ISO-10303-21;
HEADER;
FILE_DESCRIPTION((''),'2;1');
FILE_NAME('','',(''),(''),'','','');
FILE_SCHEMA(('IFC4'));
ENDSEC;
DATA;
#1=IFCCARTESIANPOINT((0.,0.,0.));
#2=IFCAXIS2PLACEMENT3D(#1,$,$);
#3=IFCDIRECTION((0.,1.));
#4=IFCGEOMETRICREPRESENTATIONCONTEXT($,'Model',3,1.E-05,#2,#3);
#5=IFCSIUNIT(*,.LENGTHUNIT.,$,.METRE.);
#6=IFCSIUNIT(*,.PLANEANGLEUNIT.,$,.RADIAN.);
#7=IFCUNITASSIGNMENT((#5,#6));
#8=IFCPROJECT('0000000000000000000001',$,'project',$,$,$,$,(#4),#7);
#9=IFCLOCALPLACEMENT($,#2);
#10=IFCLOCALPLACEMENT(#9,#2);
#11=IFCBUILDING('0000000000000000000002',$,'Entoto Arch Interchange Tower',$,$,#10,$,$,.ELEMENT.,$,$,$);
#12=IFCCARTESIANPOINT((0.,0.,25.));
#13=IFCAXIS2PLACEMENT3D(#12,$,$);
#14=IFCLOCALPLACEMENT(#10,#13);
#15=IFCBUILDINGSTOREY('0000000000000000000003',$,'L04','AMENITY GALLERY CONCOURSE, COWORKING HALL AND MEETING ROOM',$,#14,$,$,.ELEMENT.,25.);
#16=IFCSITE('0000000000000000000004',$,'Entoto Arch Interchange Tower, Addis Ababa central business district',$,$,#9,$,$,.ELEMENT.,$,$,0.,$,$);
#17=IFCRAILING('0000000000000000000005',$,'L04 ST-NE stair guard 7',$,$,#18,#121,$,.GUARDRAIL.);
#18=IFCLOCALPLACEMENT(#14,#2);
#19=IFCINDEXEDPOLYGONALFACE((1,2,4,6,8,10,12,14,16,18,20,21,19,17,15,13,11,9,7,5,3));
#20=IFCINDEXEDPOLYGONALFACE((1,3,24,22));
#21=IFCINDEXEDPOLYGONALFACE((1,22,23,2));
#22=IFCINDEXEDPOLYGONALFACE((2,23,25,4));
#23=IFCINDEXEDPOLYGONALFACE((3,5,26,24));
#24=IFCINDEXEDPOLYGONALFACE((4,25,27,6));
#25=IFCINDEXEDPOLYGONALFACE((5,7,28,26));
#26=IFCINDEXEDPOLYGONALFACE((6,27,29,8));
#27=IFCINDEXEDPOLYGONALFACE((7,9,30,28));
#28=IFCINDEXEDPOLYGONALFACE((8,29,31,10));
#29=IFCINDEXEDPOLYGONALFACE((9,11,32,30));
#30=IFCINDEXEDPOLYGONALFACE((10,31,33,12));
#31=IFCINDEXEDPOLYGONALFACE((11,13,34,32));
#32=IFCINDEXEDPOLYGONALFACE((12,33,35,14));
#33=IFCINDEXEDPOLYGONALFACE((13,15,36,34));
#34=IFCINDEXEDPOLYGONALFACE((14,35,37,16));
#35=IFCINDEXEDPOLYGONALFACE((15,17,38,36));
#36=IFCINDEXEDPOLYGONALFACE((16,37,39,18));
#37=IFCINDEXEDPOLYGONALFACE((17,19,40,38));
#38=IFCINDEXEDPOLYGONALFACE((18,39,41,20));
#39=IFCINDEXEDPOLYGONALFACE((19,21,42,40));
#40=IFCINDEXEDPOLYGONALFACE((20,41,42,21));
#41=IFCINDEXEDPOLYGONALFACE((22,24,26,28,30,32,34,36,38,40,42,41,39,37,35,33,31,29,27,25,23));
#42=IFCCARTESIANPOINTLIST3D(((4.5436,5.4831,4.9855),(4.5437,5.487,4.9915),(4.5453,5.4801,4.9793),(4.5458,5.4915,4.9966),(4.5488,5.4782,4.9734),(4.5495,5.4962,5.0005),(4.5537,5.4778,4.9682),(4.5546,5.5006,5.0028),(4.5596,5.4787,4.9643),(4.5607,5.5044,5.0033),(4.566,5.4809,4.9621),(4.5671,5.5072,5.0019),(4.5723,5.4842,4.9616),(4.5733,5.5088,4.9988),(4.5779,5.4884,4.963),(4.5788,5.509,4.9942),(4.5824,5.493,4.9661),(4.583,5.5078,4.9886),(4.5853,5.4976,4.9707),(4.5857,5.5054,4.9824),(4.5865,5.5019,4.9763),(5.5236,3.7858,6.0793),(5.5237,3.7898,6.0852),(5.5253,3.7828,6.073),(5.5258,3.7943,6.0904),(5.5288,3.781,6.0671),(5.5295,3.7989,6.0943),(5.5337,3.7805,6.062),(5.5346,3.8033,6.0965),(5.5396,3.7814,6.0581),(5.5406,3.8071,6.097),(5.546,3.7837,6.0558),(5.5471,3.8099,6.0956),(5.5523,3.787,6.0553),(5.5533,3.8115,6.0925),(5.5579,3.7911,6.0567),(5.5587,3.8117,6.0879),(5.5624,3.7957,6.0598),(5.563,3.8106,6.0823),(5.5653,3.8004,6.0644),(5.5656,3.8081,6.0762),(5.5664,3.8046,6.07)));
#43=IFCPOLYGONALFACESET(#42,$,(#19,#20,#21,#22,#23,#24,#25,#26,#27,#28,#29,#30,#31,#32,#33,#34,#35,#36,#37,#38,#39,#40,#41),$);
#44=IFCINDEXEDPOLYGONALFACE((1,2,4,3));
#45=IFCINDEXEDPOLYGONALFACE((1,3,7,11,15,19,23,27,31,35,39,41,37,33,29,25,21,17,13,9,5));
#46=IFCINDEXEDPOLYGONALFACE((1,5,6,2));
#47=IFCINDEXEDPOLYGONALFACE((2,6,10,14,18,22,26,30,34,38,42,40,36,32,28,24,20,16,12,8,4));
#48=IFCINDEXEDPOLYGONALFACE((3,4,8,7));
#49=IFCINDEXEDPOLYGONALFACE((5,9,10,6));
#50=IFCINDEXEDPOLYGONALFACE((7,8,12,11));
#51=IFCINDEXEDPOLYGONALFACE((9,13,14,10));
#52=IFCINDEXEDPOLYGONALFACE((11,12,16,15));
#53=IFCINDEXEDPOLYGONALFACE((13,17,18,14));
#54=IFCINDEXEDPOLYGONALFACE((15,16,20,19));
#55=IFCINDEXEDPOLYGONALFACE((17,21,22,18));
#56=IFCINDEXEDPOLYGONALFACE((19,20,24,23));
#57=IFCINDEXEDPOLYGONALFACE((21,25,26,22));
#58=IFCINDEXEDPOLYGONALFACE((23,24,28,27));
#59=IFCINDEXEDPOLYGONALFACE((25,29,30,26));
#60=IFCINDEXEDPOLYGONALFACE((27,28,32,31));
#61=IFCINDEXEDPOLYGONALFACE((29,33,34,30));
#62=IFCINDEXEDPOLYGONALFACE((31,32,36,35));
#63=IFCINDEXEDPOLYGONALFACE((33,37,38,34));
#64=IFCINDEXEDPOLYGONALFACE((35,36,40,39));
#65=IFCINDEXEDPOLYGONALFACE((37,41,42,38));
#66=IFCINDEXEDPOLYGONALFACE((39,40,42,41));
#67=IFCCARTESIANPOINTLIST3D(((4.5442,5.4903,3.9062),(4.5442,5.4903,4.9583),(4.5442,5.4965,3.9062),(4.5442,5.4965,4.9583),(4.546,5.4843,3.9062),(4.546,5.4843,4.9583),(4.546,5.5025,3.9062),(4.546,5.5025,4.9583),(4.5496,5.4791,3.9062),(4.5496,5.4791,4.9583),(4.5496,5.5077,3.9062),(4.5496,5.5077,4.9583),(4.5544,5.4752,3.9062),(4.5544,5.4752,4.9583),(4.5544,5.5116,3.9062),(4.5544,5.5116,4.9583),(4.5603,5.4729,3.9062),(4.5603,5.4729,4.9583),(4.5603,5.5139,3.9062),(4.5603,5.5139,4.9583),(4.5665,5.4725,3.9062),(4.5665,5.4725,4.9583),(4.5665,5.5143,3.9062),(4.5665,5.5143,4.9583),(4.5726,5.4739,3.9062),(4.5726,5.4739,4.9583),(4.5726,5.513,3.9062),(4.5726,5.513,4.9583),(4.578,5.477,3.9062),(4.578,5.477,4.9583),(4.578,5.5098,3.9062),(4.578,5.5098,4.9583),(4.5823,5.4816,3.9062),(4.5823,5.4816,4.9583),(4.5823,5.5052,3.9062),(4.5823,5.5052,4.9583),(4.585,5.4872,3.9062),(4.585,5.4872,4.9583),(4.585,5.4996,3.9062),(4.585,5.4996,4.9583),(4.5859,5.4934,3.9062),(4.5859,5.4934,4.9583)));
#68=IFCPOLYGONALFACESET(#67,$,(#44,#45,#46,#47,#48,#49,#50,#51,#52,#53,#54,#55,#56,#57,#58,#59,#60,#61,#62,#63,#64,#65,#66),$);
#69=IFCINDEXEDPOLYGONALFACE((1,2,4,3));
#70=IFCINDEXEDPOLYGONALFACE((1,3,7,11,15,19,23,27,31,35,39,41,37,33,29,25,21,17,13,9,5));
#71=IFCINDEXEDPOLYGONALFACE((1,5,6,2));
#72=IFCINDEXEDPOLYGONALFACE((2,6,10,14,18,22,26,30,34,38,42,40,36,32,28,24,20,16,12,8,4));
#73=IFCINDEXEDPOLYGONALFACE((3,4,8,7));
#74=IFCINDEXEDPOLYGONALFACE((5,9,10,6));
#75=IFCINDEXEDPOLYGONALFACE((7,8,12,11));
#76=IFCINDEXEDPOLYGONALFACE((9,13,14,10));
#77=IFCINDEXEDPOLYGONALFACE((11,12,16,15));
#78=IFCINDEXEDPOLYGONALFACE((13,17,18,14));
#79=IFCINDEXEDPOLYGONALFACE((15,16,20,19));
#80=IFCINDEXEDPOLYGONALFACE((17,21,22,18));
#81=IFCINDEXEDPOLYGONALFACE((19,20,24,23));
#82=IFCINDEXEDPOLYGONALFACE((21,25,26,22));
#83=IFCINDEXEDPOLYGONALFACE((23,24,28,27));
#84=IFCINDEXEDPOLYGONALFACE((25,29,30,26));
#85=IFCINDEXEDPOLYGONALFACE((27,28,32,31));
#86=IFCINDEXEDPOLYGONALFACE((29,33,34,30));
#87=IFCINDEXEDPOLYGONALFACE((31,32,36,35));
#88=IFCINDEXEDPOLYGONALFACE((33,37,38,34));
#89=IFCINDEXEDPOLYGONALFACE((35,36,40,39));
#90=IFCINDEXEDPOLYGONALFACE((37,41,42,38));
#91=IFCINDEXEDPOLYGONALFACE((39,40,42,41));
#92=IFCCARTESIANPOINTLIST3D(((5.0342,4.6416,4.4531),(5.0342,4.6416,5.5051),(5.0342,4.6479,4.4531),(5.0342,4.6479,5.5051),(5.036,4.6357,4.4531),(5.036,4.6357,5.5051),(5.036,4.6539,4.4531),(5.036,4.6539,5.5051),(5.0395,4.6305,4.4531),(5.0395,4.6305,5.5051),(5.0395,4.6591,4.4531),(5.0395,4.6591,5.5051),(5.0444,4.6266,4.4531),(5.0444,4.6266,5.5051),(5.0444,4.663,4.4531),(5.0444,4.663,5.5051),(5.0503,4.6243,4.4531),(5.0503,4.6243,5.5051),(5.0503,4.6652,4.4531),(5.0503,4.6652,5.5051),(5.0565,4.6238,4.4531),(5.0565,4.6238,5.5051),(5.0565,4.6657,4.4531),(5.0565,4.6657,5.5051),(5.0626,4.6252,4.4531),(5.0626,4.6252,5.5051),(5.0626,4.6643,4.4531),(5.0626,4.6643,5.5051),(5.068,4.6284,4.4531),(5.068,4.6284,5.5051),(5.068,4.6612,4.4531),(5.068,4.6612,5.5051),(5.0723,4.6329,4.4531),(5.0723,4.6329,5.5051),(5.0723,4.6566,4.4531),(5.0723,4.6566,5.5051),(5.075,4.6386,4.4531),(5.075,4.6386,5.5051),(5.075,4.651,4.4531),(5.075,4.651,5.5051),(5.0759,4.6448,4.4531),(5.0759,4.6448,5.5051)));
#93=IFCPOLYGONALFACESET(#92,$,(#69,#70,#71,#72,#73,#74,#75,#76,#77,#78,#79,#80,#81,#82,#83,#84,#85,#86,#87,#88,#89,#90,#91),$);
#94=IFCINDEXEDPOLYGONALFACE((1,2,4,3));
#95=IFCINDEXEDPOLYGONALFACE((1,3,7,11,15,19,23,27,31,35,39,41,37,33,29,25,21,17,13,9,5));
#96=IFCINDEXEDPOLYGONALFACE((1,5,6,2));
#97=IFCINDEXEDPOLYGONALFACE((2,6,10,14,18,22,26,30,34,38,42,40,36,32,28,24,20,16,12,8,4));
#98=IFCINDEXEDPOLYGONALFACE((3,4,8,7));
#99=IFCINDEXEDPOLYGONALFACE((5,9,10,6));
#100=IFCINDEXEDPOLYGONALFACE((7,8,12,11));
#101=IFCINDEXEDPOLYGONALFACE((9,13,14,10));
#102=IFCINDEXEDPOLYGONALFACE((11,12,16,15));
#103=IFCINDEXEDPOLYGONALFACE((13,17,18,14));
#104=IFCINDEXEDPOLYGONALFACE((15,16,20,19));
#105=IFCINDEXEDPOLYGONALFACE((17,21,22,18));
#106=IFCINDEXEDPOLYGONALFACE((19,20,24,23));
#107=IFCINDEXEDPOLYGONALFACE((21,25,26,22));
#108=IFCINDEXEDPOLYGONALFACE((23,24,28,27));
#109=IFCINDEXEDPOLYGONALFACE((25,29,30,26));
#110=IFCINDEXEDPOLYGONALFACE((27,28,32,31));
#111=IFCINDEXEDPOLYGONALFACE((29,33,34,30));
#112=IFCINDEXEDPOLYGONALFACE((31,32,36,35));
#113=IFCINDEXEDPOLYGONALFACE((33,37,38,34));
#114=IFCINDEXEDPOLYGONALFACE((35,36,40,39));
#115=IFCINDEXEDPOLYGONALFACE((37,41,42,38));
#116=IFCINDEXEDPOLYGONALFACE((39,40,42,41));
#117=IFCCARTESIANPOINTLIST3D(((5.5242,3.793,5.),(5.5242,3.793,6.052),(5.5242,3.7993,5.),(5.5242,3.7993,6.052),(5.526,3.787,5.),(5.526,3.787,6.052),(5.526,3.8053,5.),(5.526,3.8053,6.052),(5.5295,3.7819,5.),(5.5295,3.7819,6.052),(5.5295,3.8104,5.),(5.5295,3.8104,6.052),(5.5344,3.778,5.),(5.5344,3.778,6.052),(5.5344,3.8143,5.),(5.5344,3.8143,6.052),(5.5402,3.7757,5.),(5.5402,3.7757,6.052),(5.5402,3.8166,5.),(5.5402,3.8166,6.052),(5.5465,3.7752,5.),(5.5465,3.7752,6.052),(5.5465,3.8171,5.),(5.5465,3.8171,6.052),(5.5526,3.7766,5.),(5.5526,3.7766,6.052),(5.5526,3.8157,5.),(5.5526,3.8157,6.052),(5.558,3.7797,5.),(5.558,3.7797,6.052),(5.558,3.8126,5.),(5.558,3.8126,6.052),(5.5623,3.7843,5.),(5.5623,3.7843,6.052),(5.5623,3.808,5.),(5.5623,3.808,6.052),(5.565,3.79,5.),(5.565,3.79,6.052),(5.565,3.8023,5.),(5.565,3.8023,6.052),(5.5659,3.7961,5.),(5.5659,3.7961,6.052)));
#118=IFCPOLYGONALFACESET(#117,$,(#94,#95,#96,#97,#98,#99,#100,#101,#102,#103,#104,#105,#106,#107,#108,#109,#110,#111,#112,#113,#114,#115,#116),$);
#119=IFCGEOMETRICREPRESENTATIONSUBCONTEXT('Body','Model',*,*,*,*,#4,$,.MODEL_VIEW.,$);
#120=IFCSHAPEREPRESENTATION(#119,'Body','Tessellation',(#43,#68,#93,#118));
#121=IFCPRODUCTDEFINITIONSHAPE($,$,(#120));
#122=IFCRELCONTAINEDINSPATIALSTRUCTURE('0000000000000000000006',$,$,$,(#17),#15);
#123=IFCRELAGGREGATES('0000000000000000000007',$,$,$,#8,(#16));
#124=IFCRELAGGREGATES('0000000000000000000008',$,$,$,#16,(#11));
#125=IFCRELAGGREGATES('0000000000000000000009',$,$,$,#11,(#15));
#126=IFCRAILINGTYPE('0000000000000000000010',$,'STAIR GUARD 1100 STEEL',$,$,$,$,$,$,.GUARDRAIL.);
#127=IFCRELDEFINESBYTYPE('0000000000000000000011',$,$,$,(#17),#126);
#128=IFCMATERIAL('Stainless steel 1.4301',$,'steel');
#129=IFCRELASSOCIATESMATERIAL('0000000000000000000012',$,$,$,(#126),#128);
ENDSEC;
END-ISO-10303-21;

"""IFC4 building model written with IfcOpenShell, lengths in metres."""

from ifc_helpers import new_model, si_unit, direction, frame, origin, origin_2d, place, context, subcontext, project, spatial, circle, extrude, material, type_object, element, save


model = new_model("IFC4")

# Units and contexts
model_context = context("Model", 3, precision=1e-05, world=origin(), true_north=direction((0.0, 1.0)))
body_context = subcontext(model_context, "Body", "Model", "MODEL_VIEW")
ifc_project = project(units=[si_unit("LENGTHUNIT", "METRE"), si_unit("PLANEANGLEUNIT", "RADIAN")], contexts=[model_context])

# Site, building, storey
site_placement = place(None, origin())
site = spatial("IfcSite", under=ifc_project, at=site_placement, Name="Entoto Arch Interchange Tower, Addis Ababa central business district", CompositionType="ELEMENT", RefElevation=0.0)
building_placement = place(site_placement, origin())
building = spatial("IfcBuilding", under=site, at=building_placement, Name="Entoto Arch Interchange Tower", CompositionType="ELEMENT")
storey_placement = place(building_placement, frame((0.0, 0.0, 25.0)))
storey = spatial("IfcBuildingStorey", under=building, at=storey_placement, Name="L04", Description="AMENITY GALLERY CONCOURSE, COWORKING HALL AND MEETING ROOM", CompositionType="ELEMENT", Elevation=25.0)

# Railing
ifc_material_1 = material(Name="Stainless steel 1.4301", Category="steel")
railing_type_1 = type_object("IfcRailingType", Name="STAIR GUARD 1100 STEEL", PredefinedType="GUARDRAIL", material=ifc_material_1)
railing_1_placement = place(storey_placement, frame((4.5649, 5.4934, 3.9062)))
element("IfcRailing", 1, at=railing_1_placement, inside=storey, type_object=railing_type_1, Name="L04 ST-NE stair guard 7", PredefinedType="GUARDRAIL", context=body_context, shape_type="SweptSolid", body=[
    extrude(circle(Radius=0.0239, at=origin_2d()), frame((0.0, 0.0, 1.0762), z_axis=(0.436632, -0.75622, 0.487323), x_axis=(0.866011, 0.500024, 0.0)), (0.0, 0.0, 1.0), 2.2444),
    extrude(circle(Radius=0.021, at=origin_2d()), origin(), (0.0, 0.0, 1.0), 1.052),
    extrude(circle(Radius=0.021, at=origin_2d()), frame((0.49, -0.8486, 0.5469)), (0.0, 0.0, 1.0), 1.052),
    extrude(circle(Radius=0.021, at=origin_2d()), frame((0.98, -1.6973, 1.0938)), (0.0, 0.0, 1.0), 1.052),
])

save(model, "model.ifc")
